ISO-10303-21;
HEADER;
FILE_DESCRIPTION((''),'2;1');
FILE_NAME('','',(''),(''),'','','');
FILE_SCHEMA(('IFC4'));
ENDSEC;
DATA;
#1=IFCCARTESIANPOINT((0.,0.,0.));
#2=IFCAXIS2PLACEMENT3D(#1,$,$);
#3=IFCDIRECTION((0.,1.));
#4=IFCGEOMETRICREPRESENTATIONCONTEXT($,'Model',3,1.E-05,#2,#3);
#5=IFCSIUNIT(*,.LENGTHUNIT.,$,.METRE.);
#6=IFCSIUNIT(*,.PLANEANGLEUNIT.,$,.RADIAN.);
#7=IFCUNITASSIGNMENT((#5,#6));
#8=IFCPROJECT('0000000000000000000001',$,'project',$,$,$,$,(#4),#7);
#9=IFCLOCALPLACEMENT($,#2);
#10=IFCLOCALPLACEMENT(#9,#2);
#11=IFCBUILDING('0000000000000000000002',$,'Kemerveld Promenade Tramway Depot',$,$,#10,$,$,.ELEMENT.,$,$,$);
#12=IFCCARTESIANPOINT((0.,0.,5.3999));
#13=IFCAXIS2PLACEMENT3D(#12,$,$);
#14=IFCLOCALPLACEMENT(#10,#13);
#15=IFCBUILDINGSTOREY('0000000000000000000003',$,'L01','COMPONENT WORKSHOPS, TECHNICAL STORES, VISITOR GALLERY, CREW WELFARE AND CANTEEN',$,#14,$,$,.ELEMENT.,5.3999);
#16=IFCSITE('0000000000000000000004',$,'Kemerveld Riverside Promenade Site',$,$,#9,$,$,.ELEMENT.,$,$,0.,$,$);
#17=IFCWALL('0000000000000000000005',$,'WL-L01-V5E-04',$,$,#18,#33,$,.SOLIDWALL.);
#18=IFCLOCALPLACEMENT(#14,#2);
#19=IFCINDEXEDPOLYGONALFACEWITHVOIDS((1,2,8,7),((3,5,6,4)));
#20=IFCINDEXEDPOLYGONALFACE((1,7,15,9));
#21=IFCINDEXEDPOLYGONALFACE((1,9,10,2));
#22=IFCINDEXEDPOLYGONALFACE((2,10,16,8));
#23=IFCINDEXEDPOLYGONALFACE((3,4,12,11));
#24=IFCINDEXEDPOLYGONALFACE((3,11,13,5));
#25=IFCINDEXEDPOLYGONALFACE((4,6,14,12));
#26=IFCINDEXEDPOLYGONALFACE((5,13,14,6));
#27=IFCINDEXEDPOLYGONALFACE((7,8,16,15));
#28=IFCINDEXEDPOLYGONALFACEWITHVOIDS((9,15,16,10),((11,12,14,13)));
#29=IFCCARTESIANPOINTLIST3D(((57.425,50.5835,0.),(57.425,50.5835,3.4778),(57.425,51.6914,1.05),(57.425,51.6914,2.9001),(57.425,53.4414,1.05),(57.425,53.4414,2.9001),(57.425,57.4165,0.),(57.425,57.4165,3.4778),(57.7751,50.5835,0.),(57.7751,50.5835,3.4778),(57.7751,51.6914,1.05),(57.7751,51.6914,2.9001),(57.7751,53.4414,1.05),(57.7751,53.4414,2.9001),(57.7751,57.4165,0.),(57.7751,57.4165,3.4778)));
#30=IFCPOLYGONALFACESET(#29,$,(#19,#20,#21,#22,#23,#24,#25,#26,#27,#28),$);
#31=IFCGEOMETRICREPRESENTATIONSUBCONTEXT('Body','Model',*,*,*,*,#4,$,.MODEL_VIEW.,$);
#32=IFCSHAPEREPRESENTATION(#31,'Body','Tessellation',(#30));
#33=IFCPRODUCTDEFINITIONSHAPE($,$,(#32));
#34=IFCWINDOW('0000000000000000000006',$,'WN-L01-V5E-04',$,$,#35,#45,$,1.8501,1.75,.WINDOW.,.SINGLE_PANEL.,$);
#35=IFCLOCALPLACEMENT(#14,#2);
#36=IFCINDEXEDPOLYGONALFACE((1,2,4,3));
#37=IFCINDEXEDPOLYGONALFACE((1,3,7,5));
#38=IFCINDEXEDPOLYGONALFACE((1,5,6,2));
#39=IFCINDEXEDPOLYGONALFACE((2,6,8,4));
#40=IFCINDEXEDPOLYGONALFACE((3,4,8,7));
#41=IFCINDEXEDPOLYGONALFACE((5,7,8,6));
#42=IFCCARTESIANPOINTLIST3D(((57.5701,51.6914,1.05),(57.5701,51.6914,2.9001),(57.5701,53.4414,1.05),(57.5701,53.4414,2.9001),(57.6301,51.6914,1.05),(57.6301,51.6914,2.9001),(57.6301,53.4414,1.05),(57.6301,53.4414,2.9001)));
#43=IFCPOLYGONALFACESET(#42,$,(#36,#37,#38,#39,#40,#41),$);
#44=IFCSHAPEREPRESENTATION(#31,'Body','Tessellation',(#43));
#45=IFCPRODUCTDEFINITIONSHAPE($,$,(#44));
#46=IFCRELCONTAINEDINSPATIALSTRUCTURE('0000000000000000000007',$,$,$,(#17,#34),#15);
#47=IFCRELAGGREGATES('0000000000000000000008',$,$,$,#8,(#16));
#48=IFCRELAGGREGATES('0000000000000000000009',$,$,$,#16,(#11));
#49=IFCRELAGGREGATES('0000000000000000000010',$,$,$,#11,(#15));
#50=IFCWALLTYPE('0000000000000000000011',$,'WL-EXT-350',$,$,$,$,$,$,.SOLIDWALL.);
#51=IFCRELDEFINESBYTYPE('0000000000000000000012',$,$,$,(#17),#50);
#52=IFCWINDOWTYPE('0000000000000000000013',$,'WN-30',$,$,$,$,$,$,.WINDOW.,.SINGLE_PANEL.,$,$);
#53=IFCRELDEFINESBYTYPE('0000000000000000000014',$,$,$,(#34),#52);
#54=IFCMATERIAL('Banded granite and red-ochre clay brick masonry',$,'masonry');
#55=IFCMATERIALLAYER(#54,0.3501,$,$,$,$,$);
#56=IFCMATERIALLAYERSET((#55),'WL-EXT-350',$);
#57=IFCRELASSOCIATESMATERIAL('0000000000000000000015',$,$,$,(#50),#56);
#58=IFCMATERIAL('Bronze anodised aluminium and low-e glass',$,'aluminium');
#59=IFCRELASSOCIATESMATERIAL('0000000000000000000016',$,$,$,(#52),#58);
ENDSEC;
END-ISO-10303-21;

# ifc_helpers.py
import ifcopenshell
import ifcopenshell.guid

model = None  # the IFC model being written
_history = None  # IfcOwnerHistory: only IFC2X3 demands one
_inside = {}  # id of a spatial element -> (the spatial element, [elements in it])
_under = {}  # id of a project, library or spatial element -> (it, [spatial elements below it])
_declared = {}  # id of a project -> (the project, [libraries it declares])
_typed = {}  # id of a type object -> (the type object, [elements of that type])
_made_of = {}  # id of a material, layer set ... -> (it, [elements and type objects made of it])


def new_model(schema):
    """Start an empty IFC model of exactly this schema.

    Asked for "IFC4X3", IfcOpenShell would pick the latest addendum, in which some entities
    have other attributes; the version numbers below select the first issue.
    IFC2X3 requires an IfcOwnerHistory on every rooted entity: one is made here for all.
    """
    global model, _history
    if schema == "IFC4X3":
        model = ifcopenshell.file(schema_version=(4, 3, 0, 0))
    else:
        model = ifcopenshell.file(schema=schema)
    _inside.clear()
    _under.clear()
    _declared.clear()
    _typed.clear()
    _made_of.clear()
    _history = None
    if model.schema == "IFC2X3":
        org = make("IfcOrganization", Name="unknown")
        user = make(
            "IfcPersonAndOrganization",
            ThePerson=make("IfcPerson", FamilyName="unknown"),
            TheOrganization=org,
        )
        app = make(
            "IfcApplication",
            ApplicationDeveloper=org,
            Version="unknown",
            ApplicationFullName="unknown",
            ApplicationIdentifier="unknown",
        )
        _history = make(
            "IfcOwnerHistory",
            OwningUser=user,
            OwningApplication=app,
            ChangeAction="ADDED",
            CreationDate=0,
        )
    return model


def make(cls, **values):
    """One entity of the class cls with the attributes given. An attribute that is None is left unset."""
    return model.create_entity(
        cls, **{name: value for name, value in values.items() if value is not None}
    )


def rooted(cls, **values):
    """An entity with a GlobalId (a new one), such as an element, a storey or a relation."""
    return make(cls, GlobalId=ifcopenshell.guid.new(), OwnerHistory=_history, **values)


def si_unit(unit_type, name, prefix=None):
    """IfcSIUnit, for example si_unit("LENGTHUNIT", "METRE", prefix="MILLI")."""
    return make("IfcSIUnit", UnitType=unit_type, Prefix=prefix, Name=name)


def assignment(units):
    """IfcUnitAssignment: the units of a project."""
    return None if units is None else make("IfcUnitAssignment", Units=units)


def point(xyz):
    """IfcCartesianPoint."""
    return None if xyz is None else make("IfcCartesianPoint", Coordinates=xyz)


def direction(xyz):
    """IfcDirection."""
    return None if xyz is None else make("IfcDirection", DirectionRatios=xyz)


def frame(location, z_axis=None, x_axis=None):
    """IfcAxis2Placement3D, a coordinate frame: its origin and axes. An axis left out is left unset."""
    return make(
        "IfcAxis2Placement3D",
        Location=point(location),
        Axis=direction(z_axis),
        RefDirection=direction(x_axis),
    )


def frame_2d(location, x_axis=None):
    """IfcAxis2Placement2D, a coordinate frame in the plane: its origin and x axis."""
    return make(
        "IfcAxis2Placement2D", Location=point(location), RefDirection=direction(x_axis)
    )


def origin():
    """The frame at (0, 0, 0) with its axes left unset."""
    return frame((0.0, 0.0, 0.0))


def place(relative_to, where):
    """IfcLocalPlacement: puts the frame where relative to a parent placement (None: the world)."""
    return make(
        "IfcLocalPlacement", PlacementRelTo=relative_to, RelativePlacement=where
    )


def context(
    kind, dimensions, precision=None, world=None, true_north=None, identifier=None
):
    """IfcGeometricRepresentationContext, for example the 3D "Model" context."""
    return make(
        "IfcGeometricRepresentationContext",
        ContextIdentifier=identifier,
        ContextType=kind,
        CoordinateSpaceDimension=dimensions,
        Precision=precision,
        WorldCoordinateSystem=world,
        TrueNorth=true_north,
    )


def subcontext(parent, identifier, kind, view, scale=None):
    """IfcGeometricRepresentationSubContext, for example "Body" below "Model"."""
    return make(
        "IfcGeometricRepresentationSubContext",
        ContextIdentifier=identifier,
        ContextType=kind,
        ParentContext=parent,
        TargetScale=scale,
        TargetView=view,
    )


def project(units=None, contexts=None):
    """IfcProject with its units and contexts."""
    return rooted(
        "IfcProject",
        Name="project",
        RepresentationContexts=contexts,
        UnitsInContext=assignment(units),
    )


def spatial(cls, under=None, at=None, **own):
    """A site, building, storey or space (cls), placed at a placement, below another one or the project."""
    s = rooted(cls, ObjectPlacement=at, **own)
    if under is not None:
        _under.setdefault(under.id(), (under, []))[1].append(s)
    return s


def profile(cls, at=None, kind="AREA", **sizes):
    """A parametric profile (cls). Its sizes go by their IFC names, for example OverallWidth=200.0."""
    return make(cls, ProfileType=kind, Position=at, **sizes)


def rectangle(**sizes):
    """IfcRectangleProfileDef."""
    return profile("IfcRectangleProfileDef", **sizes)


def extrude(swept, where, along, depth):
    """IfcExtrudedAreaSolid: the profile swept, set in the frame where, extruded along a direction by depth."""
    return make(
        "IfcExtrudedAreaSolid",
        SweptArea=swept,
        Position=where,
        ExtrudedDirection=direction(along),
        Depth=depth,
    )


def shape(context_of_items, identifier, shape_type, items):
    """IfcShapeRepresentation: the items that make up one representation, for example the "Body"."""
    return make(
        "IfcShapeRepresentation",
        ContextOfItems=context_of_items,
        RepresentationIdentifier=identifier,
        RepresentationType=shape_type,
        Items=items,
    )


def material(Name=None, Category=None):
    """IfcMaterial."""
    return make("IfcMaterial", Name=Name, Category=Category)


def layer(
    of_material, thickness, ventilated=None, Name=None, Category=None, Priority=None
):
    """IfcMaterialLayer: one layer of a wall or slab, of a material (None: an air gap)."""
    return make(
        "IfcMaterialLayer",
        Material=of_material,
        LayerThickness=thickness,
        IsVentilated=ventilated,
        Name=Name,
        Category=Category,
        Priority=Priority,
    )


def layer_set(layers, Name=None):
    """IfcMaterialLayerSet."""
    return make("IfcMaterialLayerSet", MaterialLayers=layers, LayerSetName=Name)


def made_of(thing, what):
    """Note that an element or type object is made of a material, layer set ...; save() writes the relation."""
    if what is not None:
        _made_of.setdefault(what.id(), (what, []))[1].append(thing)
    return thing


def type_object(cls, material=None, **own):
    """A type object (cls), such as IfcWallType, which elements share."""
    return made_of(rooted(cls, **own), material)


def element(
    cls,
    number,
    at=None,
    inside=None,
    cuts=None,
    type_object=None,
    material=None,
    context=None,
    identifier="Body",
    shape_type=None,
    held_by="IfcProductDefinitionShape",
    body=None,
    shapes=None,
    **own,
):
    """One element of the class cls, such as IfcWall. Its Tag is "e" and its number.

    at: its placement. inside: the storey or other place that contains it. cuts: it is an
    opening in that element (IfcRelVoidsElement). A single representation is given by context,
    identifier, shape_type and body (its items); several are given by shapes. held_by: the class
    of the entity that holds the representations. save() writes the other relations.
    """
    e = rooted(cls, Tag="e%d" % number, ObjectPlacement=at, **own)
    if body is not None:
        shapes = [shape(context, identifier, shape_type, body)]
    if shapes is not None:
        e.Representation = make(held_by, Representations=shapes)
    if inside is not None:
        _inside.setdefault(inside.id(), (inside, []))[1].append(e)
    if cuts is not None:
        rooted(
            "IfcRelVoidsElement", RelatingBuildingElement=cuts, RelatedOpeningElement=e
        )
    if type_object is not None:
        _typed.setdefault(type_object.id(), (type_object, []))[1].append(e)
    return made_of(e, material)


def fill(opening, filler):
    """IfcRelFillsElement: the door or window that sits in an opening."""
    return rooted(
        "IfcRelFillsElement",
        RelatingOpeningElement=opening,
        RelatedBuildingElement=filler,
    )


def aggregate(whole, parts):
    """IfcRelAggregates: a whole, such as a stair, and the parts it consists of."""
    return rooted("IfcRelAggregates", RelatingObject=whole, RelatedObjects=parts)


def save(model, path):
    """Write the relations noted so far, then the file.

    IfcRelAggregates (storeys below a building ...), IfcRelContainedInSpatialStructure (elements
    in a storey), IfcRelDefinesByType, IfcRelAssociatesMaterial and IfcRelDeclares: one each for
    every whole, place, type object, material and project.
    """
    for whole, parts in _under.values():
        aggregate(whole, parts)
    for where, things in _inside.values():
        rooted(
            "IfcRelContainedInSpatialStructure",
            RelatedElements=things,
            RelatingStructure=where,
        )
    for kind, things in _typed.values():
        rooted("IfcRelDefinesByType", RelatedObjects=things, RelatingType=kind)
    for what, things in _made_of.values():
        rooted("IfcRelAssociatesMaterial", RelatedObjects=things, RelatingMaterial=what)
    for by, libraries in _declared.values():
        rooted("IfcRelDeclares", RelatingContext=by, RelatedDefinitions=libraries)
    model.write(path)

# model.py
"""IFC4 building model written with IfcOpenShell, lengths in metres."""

from ifc_helpers import new_model, si_unit, direction, frame, frame_2d, origin, place, context, subcontext, project, spatial, rectangle, extrude, material, layer, layer_set, type_object, element, fill, save


model = new_model("IFC4")

# Units and contexts
model_context = context("Model", 3, precision=1e-05, world=origin(), true_north=direction((0.0, 1.0)))
body_context = subcontext(model_context, "Body", "Model", "MODEL_VIEW")
ifc_project = project(units=[si_unit("LENGTHUNIT", "METRE"), si_unit("PLANEANGLEUNIT", "RADIAN")], contexts=[model_context])

# Site, building, storey
site_placement = place(None, origin())
site = spatial("IfcSite", under=ifc_project, at=site_placement, Name="Kemerveld Riverside Promenade Site", CompositionType="ELEMENT", RefElevation=0.0)
building_placement = place(site_placement, origin())
building = spatial("IfcBuilding", under=site, at=building_placement, Name="Kemerveld Promenade Tramway Depot", CompositionType="ELEMENT")
storey_placement = place(building_placement, frame((0.0, 0.0, 5.3999)))
storey = spatial("IfcBuildingStorey", under=building, at=storey_placement, Name="L01", Description="COMPONENT WORKSHOPS, TECHNICAL STORES, VISITOR GALLERY, CREW WELFARE AND CANTEEN", CompositionType="ELEMENT", Elevation=5.3999)

# Wall, opening, window
ifc_material_1 = material(Name="Banded granite and red-ochre clay brick masonry", Category="masonry")
ifc_layer_1 = layer(ifc_material_1, 0.3501)
ifc_layer_set_1 = layer_set([ifc_layer_1], Name="WL-EXT-350")
wall_type = type_object("IfcWallType", Name="WL-EXT-350", PredefinedType="SOLIDWALL", material=ifc_layer_set_1)
wall_placement = place(storey_placement, frame((57.6001, 57.4165, 0.0), z_axis=(0.0, 0.0, 1.0), x_axis=(0.0, -1.0, 0.0)))
wall = element("IfcWall", 1, at=wall_placement, inside=storey, type_object=wall_type, Name="WL-L01-V5E-04", PredefinedType="SOLIDWALL", context=body_context, shape_type="SweptSolid", body=[
    extrude(rectangle(XDim=6.833, YDim=0.3501, at=frame_2d((3.4165, 0.0))), origin(), (0.0, 0.0, 1.0), 3.4778),
])
opening_placement = place(wall_placement, frame((3.9751, 0.0, 1.05)))
opening = element("IfcOpeningElement", 2, at=opening_placement, cuts=wall, PredefinedType="OPENING", context=body_context, shape_type="SweptSolid", body=[
    extrude(rectangle(XDim=1.75, YDim=1.8501, at=frame_2d((0.875, 0.925))), frame((0.0, 0.1851, 0.0), z_axis=(0.0, -1.0, 0.0), x_axis=(1.0, 0.0, 0.0)), (0.0, 0.0, 1.0), 0.3701),
])
ifc_material_2 = material(Name="Bronze anodised aluminium and low-e glass", Category="aluminium")
window_type = type_object("IfcWindowType", Name="WN-30", PartitioningType="SINGLE_PANEL", PredefinedType="WINDOW", material=ifc_material_2)
window_placement = place(opening_placement, origin())
window = element("IfcWindow", 3, at=window_placement, inside=storey, type_object=window_type, Name="WN-L01-V5E-04", OverallHeight=1.8501, OverallWidth=1.75, PartitioningType="SINGLE_PANEL", PredefinedType="WINDOW", context=body_context, shape_type="SweptSolid", body=[
    extrude(rectangle(XDim=1.75, YDim=1.8501, at=frame_2d((0.875, 0.925))), frame((0.0, 0.03, 0.0), z_axis=(0.0, -1.0, 0.0), x_axis=(1.0, 0.0, 0.0)), (0.0, 0.0, 1.0), 0.0601),
])
fill(opening, window)

save(model, "model.ifc")
